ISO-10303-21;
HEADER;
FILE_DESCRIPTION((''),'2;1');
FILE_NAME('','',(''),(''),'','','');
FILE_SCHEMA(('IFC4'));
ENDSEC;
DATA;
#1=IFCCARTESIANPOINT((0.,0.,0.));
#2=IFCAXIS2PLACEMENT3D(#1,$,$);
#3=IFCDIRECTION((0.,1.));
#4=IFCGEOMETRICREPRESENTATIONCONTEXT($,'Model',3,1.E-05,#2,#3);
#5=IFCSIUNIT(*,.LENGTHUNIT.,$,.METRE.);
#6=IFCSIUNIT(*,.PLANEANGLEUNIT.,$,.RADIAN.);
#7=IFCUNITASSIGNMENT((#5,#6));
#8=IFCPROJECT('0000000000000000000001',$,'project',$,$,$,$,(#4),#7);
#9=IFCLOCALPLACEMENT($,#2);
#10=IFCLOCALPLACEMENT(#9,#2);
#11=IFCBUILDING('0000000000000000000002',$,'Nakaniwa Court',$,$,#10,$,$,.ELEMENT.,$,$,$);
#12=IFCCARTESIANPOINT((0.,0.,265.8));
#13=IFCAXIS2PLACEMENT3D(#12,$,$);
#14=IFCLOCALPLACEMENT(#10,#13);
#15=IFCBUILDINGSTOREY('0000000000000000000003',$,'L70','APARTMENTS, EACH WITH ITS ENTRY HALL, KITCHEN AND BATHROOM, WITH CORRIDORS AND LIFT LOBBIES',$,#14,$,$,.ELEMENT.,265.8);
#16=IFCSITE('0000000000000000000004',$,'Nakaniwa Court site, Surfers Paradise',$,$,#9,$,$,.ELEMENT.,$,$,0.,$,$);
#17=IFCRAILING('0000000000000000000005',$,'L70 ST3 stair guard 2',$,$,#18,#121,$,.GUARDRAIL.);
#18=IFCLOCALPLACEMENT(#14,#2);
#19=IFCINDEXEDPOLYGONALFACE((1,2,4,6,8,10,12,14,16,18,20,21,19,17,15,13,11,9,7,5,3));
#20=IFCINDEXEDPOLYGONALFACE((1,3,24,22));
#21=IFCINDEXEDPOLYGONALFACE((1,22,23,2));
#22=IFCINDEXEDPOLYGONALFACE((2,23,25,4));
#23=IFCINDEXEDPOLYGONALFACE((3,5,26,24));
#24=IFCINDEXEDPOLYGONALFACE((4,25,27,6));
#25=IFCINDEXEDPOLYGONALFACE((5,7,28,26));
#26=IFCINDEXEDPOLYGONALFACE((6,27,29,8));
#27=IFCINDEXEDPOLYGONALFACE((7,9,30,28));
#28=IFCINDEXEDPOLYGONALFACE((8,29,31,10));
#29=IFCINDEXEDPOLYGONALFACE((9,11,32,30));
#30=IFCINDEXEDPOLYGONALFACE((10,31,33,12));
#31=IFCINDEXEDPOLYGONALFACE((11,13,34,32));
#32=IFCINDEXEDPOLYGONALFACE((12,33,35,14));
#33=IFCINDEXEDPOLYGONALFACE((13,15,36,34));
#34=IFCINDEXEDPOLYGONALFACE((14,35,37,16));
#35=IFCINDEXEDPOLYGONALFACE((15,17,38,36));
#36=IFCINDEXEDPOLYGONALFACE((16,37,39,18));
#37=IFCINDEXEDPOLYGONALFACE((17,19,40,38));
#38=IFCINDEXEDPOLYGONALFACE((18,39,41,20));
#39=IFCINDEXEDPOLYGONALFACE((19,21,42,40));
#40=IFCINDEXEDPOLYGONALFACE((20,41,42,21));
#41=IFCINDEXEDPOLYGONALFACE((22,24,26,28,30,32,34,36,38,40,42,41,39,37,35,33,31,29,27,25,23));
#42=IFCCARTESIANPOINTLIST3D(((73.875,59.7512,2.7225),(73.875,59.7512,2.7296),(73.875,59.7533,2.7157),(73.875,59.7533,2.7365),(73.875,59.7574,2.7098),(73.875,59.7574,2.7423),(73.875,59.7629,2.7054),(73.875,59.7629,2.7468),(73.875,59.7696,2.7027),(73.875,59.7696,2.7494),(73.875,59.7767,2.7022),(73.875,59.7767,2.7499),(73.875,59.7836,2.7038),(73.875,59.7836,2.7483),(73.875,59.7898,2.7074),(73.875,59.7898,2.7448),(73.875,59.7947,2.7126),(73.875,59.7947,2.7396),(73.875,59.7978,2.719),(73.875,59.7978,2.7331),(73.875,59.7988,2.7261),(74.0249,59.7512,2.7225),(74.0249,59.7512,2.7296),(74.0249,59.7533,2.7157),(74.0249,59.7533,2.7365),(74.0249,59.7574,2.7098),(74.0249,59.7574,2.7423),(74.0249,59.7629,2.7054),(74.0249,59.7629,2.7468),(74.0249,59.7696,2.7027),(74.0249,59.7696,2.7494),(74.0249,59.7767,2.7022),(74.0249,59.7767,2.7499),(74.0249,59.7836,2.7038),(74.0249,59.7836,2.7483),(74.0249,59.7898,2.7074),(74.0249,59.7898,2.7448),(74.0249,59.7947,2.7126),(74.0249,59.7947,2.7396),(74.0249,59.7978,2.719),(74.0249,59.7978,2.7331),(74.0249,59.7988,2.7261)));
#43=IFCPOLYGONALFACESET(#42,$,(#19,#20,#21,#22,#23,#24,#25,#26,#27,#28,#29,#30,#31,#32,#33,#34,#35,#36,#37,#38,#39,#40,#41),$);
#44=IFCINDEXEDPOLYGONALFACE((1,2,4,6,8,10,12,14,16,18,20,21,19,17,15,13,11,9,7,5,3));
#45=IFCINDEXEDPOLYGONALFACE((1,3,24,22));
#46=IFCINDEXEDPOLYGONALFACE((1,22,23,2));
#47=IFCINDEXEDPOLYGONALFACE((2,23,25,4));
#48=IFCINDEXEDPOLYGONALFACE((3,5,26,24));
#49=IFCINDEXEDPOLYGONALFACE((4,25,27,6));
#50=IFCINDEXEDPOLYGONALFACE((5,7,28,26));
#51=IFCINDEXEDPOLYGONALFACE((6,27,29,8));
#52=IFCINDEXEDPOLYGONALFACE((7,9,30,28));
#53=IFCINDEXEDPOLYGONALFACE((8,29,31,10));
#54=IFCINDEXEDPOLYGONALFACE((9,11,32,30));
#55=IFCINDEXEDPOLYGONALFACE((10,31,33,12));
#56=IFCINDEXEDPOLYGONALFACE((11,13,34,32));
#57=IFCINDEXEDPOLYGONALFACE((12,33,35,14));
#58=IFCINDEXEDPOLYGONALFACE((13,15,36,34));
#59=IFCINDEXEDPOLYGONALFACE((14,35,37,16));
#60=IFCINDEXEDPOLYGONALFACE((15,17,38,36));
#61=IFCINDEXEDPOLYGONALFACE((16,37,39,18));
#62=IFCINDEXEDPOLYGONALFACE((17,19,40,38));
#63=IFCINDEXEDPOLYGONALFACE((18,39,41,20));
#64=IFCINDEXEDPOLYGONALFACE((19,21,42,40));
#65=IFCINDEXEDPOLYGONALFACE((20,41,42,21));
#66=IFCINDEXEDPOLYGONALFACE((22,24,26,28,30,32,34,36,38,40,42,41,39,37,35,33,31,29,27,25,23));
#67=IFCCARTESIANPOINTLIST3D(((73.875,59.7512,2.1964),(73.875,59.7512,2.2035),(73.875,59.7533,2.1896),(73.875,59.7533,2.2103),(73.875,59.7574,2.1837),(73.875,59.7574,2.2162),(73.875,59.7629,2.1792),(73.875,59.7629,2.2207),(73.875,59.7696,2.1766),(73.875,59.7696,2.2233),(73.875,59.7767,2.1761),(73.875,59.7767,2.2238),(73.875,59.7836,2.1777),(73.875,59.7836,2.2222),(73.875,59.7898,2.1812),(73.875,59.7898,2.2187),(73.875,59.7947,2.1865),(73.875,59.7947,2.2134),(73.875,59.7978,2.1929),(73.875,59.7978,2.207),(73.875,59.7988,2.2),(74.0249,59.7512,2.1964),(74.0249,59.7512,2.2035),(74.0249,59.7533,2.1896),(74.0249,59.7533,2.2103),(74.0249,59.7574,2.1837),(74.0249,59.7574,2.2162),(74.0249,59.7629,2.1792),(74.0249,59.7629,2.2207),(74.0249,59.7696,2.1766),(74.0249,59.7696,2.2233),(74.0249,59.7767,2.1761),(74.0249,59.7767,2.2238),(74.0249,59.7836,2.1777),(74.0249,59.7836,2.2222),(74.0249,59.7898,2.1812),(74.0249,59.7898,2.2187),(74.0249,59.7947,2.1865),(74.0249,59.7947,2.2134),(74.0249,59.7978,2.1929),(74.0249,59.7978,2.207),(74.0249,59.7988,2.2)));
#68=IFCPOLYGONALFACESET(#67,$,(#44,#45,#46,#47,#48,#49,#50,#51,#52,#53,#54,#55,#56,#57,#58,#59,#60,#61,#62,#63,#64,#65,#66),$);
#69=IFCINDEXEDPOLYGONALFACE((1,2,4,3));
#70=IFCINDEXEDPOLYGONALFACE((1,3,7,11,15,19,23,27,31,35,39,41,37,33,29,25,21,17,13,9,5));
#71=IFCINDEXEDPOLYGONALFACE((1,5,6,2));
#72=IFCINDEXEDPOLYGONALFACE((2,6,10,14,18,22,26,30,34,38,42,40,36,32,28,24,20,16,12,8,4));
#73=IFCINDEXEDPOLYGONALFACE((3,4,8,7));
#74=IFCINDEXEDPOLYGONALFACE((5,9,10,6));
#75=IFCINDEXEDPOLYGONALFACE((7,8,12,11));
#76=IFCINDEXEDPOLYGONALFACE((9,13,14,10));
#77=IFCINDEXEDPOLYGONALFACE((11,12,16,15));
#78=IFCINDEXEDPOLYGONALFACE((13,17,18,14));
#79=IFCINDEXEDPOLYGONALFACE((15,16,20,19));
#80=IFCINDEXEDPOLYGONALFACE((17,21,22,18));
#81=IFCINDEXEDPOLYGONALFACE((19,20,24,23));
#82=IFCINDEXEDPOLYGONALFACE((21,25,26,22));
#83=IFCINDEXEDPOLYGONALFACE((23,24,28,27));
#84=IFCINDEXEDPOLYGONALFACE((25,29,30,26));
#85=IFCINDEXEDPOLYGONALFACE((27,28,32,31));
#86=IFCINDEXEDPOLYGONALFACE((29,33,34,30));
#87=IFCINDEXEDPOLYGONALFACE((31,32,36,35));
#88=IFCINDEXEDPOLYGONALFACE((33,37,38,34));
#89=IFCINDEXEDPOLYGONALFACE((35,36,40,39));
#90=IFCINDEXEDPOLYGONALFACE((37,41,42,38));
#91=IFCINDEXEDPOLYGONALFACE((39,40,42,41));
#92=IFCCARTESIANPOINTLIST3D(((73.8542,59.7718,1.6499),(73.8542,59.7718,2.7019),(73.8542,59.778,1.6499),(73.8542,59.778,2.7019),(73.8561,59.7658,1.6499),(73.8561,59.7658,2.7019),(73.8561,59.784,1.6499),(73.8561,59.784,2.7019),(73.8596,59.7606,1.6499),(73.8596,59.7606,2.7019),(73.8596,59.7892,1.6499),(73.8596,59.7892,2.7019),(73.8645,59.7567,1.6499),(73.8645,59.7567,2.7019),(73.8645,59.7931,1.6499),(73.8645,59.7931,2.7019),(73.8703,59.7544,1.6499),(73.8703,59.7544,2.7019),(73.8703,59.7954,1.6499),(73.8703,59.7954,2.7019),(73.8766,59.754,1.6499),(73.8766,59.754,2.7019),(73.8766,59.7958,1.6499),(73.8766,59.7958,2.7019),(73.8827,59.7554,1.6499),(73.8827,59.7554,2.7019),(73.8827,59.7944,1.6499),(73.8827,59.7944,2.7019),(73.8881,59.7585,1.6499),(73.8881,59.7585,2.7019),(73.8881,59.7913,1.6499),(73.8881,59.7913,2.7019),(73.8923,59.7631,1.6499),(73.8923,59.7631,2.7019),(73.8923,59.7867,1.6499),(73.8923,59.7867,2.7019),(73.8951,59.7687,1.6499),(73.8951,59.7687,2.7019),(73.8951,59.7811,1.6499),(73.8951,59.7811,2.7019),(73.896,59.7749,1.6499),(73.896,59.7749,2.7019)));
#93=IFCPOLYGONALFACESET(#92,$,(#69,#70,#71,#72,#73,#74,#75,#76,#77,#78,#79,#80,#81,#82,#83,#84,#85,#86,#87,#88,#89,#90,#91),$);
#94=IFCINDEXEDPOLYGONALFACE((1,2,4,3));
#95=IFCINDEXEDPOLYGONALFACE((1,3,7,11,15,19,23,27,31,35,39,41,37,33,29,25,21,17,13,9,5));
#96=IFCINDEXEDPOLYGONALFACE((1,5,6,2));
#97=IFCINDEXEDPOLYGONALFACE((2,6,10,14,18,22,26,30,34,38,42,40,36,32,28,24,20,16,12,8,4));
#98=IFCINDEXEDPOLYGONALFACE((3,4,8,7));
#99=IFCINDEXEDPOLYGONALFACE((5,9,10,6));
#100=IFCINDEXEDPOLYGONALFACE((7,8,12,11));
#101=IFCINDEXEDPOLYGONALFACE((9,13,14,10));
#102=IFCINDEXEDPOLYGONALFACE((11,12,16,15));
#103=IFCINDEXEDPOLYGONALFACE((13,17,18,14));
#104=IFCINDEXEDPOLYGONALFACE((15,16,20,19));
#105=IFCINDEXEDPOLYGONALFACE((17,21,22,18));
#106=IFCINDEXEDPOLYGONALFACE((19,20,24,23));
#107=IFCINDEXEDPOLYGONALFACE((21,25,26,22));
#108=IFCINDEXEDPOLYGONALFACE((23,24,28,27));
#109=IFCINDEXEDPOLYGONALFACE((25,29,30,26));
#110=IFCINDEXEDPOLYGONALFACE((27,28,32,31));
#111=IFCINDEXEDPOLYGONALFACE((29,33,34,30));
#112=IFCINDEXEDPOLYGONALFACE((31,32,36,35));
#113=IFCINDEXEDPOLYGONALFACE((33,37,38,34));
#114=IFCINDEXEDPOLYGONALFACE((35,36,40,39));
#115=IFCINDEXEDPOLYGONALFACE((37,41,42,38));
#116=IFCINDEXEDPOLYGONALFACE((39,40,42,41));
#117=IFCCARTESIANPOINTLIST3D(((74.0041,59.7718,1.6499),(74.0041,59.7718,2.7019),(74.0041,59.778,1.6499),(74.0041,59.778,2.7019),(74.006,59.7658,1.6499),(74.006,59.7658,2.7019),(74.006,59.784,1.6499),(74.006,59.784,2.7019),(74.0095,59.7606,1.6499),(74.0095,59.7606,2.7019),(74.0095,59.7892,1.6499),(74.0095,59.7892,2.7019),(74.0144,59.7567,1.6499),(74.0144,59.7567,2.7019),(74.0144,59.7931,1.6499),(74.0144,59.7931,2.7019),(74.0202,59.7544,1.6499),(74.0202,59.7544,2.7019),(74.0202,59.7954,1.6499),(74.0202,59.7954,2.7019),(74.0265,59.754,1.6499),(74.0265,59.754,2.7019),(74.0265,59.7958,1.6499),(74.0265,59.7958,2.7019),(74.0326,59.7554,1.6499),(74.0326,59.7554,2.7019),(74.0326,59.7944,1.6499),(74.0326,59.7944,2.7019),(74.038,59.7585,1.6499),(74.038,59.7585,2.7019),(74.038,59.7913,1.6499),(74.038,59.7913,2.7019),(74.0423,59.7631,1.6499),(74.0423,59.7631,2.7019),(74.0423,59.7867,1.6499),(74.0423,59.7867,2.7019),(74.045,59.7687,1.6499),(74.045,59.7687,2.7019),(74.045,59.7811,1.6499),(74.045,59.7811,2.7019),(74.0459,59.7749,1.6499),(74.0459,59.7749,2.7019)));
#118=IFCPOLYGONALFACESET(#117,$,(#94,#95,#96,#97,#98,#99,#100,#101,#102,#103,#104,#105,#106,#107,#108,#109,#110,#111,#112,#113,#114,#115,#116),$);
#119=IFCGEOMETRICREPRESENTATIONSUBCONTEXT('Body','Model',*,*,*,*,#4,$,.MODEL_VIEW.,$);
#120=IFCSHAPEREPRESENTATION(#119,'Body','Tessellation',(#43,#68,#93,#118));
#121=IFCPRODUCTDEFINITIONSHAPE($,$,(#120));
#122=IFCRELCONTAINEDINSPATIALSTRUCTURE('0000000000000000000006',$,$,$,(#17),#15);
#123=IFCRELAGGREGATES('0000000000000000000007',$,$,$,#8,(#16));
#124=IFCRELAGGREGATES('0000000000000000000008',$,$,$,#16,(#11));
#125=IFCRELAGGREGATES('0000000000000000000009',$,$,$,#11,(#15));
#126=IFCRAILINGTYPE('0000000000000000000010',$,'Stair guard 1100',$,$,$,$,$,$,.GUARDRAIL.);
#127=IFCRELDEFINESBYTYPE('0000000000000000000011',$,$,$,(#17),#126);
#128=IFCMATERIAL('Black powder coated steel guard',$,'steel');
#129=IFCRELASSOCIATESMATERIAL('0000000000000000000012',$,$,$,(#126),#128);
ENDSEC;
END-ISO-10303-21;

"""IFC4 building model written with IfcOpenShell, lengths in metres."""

from ifc_helpers import new_model, si_unit, direction, frame, origin, origin_2d, place, context, subcontext, project, spatial, circle, extrude, material, type_object, element, save


model = new_model("IFC4")

# Units and contexts
model_context = context("Model", 3, precision=1e-05, world=origin(), true_north=direction((0.0, 1.0)))
body_context = subcontext(model_context, "Body", "Model", "MODEL_VIEW")
ifc_project = project(units=[si_unit("LENGTHUNIT", "METRE"), si_unit("PLANEANGLEUNIT", "RADIAN")], contexts=[model_context])

# Site, building, storey
site_placement = place(None, origin())
site = spatial("IfcSite", under=ifc_project, at=site_placement, Name="Nakaniwa Court site, Surfers Paradise", CompositionType="ELEMENT", RefElevation=0.0)
building_placement = place(site_placement, origin())
building = spatial("IfcBuilding", under=site, at=building_placement, Name="Nakaniwa Court", CompositionType="ELEMENT")
storey_placement = place(building_placement, frame((0.0, 0.0, 265.8)))
storey = spatial("IfcBuildingStorey", under=building, at=storey_placement, Name="L70", Description="APARTMENTS, EACH WITH ITS ENTRY HALL, KITCHEN AND BATHROOM, WITH CORRIDORS AND LIFT LOBBIES", CompositionType="ELEMENT", Elevation=265.8)

# Railing
ifc_material_1 = material(Name="Black powder coated steel guard", Category="steel")
railing_type_1 = type_object("IfcRailingType", Name="Stair guard 1100", PredefinedType="GUARDRAIL", material=ifc_material_1)
railing_1_placement = place(storey_placement, frame((73.875, 59.7749, 1.6499)))
element("IfcRailing", 1, at=railing_1_placement, inside=storey, type_object=railing_type_1, Name="L70 ST3 stair guard 2", PredefinedType="GUARDRAIL", context=body_context, shape_type="SweptSolid", body=[
    extrude(circle(Radius=0.0239, at=origin_2d()), frame((0.0, 0.0, 1.0762), z_axis=(1.0, 0.0, 0.0), x_axis=(0.0, 1.0, 0.0)), (0.0, 0.0, 1.0), 0.1499),
    extrude(circle(Radius=0.0239, at=origin_2d()), frame((0.0, 0.0, 0.55), z_axis=(1.0, 0.0, 0.0), x_axis=(0.0, 1.0, 0.0)), (0.0, 0.0, 1.0), 0.1499),
    extrude(circle(Radius=0.021, at=origin_2d()), origin(), (0.0, 0.0, 1.0), 1.052),
    extrude(circle(Radius=0.021, at=origin_2d()), frame((0.1499, 0.0, 0.0)), (0.0, 0.0, 1.0), 1.052),
])

save(model, "model.ifc")
